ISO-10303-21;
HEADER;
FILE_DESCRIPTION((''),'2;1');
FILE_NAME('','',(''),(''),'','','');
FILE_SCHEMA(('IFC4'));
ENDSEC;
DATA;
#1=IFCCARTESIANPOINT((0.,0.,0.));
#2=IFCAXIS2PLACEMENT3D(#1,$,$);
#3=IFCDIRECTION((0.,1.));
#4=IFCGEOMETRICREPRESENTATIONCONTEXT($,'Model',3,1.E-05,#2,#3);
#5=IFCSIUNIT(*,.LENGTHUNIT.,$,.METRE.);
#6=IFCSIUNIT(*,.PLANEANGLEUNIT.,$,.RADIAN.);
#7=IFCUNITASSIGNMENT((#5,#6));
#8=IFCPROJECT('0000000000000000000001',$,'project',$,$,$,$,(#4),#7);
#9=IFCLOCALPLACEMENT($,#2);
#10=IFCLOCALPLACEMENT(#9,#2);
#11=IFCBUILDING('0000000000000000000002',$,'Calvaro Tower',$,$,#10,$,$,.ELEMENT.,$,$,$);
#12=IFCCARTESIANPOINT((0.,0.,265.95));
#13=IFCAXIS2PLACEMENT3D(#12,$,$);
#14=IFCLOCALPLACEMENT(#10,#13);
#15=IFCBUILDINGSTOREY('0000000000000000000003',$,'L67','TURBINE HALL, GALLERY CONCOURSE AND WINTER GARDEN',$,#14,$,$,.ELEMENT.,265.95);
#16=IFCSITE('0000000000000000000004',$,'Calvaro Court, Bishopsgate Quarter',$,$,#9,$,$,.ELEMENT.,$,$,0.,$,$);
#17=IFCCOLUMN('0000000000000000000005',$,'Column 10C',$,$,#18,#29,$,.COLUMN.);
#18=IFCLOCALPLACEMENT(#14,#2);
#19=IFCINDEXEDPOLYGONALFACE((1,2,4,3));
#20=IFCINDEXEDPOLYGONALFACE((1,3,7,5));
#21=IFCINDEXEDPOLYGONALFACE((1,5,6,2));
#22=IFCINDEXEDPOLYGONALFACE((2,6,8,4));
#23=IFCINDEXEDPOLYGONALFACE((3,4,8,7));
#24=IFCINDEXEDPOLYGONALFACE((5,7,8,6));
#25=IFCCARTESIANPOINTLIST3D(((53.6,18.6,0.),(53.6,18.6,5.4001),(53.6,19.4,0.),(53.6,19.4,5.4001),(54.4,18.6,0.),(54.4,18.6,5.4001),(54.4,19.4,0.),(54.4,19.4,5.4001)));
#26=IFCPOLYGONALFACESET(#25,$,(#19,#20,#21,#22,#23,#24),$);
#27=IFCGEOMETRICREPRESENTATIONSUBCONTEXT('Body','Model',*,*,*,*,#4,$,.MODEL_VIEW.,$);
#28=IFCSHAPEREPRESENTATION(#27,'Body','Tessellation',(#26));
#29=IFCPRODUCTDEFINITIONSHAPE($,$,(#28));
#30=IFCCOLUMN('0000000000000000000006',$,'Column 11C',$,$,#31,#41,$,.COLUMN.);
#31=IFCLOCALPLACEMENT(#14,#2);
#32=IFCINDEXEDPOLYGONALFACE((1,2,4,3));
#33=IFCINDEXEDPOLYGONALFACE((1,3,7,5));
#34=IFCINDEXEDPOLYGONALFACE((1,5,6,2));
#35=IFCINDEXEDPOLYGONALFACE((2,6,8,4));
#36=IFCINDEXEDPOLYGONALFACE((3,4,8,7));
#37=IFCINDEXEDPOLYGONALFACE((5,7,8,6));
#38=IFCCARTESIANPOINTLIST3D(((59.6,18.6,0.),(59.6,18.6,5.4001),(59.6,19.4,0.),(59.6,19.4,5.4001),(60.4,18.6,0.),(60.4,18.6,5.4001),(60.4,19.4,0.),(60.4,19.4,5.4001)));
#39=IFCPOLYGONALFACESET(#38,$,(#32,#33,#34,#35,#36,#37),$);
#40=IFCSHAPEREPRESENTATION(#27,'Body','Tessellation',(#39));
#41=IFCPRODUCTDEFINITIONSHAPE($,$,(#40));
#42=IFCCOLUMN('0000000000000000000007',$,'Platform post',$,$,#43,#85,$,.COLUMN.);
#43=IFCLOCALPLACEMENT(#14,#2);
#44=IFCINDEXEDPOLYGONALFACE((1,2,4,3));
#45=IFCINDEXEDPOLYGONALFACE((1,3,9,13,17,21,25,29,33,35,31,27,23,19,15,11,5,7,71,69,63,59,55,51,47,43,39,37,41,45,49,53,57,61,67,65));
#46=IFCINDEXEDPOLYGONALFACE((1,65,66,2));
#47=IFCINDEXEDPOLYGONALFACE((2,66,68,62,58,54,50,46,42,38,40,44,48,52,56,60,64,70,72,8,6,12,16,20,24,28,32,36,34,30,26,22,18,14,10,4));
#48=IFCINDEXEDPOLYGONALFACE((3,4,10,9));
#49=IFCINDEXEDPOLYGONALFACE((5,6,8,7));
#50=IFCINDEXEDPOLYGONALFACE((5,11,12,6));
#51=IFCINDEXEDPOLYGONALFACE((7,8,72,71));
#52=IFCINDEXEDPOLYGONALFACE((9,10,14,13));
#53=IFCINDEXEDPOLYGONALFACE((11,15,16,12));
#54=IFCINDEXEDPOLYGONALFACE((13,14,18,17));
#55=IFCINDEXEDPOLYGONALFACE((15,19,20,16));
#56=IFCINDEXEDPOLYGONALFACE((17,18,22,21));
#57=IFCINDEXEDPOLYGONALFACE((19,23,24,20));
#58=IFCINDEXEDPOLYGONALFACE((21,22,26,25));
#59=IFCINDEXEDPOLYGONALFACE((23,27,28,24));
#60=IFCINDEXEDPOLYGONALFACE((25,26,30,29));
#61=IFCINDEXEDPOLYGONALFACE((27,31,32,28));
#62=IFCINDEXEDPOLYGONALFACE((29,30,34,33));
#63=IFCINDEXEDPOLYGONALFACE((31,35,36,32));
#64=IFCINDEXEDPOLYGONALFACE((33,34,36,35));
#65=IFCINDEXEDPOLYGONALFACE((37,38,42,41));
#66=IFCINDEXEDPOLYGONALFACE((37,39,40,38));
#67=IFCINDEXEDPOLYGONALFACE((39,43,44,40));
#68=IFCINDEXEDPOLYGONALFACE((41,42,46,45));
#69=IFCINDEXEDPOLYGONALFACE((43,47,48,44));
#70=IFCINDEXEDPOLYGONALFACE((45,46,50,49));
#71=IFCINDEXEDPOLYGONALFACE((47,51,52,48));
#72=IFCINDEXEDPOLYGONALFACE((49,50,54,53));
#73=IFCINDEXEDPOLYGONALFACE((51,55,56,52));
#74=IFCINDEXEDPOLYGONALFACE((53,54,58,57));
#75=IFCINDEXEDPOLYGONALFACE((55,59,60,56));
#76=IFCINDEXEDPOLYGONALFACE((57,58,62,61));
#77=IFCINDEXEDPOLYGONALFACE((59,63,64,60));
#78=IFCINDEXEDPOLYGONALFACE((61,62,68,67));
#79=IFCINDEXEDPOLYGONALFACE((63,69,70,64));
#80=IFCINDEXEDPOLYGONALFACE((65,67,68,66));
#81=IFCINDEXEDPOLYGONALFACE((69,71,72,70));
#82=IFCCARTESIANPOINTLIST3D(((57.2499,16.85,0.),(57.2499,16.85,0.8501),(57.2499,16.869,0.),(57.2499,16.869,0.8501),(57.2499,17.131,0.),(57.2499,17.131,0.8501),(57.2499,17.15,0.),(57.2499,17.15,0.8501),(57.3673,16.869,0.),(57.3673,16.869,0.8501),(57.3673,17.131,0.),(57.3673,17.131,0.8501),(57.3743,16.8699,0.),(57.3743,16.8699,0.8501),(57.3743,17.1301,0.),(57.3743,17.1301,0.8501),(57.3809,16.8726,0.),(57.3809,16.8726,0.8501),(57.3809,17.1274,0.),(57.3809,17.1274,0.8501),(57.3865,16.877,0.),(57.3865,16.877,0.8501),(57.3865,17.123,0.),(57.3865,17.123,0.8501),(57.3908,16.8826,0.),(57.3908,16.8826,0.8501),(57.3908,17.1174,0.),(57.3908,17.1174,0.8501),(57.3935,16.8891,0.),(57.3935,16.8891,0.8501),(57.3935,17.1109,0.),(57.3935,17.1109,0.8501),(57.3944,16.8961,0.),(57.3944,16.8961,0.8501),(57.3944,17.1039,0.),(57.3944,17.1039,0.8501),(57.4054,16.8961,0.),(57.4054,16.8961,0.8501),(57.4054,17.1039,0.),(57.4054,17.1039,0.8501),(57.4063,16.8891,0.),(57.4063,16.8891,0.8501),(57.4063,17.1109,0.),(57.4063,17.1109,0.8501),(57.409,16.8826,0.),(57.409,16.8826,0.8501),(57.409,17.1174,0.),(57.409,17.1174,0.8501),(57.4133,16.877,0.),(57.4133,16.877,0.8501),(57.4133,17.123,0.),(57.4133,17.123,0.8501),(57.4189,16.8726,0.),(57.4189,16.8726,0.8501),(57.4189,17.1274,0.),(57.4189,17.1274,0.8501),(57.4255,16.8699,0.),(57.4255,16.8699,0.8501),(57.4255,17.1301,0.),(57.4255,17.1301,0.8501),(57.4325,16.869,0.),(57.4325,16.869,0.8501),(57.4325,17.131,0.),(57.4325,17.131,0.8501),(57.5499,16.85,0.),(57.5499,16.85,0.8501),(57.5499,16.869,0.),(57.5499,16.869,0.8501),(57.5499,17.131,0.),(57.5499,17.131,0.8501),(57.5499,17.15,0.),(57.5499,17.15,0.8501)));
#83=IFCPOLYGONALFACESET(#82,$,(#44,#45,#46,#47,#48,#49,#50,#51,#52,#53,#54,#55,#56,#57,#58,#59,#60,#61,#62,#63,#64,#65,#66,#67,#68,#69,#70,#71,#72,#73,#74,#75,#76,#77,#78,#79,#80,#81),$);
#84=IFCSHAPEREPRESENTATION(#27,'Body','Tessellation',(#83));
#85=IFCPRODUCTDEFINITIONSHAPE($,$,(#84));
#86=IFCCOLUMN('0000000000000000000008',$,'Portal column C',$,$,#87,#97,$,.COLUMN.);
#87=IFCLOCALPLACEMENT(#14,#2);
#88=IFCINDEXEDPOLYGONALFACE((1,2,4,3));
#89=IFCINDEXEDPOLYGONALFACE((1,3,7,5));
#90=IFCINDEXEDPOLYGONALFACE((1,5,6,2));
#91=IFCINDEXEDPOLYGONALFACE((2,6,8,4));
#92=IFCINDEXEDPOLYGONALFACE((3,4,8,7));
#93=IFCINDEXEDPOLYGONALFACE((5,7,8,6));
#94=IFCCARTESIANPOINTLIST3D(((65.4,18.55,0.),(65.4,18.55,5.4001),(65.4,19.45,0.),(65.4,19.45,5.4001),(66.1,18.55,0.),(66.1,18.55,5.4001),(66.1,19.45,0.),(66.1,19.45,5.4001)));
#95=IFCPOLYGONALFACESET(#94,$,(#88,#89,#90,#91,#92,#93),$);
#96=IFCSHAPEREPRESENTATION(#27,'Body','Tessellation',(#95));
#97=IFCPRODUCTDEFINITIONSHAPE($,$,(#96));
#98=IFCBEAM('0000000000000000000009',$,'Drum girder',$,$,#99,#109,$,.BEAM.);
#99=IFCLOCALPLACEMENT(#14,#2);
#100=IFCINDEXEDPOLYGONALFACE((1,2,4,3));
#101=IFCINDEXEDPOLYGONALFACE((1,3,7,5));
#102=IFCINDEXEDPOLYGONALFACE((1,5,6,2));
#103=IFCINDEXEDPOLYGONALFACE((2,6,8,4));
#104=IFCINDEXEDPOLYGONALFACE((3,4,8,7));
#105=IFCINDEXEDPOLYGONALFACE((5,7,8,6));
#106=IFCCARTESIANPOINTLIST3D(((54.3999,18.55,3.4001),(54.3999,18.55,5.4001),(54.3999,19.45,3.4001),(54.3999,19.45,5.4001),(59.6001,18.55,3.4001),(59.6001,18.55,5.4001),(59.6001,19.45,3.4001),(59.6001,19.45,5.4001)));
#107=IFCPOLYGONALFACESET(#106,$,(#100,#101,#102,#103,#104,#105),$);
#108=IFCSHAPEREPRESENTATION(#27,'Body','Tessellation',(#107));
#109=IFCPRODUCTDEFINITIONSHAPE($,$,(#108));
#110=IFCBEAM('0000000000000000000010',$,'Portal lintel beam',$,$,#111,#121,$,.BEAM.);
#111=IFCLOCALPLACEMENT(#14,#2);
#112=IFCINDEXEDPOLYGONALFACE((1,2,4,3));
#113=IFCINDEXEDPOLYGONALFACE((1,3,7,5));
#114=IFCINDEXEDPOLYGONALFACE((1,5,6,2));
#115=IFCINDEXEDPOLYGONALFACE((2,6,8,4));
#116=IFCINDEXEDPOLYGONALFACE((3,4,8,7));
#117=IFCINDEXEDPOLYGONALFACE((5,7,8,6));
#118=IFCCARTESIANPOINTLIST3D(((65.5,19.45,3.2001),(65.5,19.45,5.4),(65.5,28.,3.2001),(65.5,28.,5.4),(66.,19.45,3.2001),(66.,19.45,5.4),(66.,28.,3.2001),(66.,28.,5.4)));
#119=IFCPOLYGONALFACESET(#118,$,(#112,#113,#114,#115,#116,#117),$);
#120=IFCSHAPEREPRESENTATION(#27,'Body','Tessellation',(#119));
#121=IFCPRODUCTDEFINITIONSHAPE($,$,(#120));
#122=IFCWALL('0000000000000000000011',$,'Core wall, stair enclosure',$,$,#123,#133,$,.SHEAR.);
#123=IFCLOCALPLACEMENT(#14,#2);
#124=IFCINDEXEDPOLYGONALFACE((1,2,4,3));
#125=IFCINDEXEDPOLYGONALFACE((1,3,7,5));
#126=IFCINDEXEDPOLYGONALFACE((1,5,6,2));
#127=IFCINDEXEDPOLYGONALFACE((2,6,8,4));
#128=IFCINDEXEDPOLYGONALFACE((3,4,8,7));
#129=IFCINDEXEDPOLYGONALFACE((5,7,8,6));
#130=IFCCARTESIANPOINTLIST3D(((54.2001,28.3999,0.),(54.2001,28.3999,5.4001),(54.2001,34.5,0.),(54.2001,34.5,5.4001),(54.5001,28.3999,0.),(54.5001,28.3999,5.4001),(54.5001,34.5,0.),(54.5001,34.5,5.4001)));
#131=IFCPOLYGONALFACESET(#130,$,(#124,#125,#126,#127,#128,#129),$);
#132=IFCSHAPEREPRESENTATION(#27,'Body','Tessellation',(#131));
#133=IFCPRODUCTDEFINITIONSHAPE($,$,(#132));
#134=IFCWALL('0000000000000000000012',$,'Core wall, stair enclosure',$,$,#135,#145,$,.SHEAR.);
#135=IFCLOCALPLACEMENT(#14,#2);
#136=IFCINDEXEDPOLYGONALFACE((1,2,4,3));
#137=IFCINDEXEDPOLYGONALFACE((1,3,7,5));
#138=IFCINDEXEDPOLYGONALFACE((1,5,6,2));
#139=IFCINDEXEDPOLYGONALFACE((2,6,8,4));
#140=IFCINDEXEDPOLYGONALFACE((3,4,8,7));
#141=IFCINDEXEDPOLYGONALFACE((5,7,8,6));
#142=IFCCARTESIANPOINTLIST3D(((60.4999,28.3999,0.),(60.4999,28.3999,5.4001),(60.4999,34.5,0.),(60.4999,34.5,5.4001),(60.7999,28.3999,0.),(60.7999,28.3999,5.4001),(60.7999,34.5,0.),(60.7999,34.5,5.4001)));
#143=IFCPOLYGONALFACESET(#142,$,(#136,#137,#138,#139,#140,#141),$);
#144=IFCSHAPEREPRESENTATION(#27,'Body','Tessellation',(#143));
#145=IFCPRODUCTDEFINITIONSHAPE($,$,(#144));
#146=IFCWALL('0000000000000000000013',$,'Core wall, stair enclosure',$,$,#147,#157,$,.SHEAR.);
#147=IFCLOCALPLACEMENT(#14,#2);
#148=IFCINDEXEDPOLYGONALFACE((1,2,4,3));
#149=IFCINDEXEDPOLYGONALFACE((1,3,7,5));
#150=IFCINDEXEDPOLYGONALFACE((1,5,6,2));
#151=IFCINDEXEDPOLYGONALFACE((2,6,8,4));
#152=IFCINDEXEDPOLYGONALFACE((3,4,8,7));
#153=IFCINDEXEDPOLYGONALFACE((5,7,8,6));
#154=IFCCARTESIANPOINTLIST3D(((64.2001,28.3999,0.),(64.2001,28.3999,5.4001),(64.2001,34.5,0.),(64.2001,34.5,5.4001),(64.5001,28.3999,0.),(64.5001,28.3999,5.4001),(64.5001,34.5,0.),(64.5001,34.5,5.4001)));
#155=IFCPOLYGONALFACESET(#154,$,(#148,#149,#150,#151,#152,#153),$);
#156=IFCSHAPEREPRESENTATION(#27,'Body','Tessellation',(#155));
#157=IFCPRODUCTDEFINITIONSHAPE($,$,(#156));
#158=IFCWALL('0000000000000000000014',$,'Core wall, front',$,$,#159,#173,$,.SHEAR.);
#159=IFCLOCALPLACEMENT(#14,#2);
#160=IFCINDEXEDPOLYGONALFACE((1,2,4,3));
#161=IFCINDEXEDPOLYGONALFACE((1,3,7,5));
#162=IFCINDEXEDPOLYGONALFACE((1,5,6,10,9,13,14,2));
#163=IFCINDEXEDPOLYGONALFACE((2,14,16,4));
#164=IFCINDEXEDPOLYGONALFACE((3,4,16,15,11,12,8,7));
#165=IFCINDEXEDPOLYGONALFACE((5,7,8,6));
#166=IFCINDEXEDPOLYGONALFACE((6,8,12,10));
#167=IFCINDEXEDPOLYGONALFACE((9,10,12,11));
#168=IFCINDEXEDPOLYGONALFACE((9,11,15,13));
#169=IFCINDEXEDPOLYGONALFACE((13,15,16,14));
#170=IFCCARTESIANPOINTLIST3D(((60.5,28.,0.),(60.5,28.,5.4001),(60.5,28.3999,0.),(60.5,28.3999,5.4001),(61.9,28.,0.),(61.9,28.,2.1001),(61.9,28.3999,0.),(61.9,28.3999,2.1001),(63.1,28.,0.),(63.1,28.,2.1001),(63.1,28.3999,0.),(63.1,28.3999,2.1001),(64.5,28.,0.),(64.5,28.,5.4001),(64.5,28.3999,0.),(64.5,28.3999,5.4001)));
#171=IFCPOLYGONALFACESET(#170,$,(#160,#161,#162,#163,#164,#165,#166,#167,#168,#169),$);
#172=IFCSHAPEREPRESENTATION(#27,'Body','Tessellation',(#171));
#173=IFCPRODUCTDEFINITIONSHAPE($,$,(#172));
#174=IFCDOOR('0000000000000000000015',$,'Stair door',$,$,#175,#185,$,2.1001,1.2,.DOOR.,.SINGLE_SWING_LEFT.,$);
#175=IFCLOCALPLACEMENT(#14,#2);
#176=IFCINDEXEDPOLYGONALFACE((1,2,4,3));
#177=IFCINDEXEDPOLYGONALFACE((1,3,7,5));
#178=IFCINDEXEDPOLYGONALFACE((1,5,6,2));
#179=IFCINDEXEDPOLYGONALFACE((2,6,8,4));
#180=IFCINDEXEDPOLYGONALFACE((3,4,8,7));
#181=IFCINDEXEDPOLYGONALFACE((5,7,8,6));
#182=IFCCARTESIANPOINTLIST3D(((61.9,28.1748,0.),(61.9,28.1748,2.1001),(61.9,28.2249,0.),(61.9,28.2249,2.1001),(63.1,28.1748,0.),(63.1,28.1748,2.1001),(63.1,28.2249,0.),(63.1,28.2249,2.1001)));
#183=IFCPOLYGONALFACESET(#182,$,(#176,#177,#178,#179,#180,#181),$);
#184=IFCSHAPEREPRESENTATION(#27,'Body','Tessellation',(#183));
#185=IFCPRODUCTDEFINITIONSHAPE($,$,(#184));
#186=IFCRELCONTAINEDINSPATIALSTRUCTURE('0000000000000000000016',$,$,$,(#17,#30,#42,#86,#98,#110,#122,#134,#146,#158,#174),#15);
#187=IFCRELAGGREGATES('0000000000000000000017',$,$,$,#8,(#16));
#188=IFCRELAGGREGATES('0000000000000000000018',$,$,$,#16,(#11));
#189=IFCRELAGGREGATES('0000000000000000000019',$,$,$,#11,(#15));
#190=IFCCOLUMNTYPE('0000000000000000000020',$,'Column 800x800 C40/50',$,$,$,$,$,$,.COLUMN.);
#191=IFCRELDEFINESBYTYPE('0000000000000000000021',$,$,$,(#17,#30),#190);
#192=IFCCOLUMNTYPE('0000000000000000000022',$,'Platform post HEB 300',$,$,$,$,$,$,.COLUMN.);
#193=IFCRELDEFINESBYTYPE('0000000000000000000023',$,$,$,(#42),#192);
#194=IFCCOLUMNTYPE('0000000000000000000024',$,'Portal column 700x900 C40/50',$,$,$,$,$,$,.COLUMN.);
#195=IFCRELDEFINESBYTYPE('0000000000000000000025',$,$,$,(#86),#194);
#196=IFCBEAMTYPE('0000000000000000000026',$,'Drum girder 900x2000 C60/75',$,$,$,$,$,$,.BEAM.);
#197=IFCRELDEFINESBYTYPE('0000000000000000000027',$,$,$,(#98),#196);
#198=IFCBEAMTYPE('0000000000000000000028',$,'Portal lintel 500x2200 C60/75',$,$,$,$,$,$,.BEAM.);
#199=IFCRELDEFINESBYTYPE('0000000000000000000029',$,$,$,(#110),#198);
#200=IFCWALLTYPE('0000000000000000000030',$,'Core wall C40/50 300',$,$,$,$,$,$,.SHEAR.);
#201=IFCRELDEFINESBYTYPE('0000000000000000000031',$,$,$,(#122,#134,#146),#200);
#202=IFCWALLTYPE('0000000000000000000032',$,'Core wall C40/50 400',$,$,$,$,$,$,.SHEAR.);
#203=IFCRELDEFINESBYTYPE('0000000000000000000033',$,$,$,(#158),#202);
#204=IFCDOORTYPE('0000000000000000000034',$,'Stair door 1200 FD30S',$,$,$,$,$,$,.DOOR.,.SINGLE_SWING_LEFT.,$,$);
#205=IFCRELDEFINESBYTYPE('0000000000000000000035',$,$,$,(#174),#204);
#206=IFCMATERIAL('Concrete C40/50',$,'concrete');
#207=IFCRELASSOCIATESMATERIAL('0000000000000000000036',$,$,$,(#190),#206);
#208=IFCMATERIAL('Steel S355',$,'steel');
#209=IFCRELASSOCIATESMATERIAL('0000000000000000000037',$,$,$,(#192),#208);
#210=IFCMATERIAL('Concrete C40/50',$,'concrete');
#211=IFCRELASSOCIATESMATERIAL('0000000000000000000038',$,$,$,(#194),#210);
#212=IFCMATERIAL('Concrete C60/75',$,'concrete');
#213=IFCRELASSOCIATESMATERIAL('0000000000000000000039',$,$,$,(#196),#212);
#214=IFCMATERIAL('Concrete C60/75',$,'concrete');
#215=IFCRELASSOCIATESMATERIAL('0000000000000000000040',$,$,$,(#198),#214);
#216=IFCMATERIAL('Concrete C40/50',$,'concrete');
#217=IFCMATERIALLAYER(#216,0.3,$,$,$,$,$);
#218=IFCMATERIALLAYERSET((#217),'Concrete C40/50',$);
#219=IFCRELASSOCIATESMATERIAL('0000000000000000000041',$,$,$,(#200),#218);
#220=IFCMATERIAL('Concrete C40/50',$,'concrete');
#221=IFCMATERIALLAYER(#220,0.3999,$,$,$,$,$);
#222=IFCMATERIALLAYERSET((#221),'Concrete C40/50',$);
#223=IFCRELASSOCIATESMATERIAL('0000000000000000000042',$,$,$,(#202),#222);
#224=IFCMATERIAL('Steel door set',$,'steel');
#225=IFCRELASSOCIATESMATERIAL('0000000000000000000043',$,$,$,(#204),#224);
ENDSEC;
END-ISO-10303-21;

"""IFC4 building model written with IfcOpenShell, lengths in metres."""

from ifc_helpers import new_model, si_unit, direction, frame, frame_2d, origin, origin_2d, place, context, subcontext, project, spatial, rectangle, i_section, extrude, material, layer, layer_set, material_profile, profile_set, type_object, element, fill, save


model = new_model("IFC4")

# Units and contexts
model_context = context("Model", 3, precision=1e-05, world=origin(), true_north=direction((0.0, 1.0)))
body_context = subcontext(model_context, "Body", "Model", "MODEL_VIEW")
ifc_project = project(units=[si_unit("LENGTHUNIT", "METRE"), si_unit("PLANEANGLEUNIT", "RADIAN")], contexts=[model_context])

# Site, building, storey
site_placement = place(None, origin())
site = spatial("IfcSite", under=ifc_project, at=site_placement, Name="Calvaro Court, Bishopsgate Quarter", CompositionType="ELEMENT", RefElevation=0.0)
building_placement = place(site_placement, origin())
building = spatial("IfcBuilding", under=site, at=building_placement, Name="Calvaro Tower", CompositionType="ELEMENT")
storey_placement = place(building_placement, frame((0.0, 0.0, 265.95)))
storey = spatial("IfcBuildingStorey", under=building, at=storey_placement, Name="L67", Description="TURBINE HALL, GALLERY CONCOURSE AND WINTER GARDEN", CompositionType="ELEMENT", Elevation=265.95)

# Columns
ifc_material_1 = material(Name="Concrete C40/50", Category="concrete")
ifc_material_profile_1 = material_profile(ifc_material_1, rectangle(XDim=0.8, YDim=0.8, at=origin_2d()), Name="RC 800x800")
ifc_profile_set_1 = profile_set([ifc_material_profile_1], Name="Concrete C40/50")
column_type_1 = type_object("IfcColumnType", Name="Column 800x800 C40/50", PredefinedType="COLUMN", material=ifc_profile_set_1)
for number, where, z_axis, x_axis, name in (
    (1, (54.0, 19.0, 0.0), (0.0, 0.0, 1.0), (1.0, 0.0, 0.0), "Column 10C"),
    (2, (60.0, 19.0, 0.0), (0.0, 0.0, 1.0), (1.0, 0.0, 0.0), "Column 11C"),
):
    element("IfcColumn", number, at=place(storey_placement, frame(where, z_axis=z_axis, x_axis=x_axis)), inside=storey, type_object=column_type_1, Name=name, PredefinedType="COLUMN", context=body_context, shape_type="SweptSolid", body=[
        extrude(rectangle(XDim=0.8, YDim=0.8, at=origin_2d()), origin(), (0.0, 0.0, 1.0), 5.4001),
    ])
ifc_material_2 = material(Name="Steel S355", Category="steel")
ifc_material_profile_2 = material_profile(ifc_material_2, i_section(OverallWidth=0.3, OverallDepth=0.3, WebThickness=0.011, FlangeThickness=0.019, FilletRadius=0.0271, at=origin_2d()), Name="HEB 300")
ifc_profile_set_2 = profile_set([ifc_material_profile_2], Name="Steel S355")
column_type_2 = type_object("IfcColumnType", Name="Platform post HEB 300", PredefinedType="COLUMN", material=ifc_profile_set_2)
column_1_placement = place(storey_placement, frame((57.3999, 17.0, 0.0), z_axis=(0.0, 0.0, 1.0), x_axis=(1.0, 0.0, 0.0)))
element("IfcColumn", 3, at=column_1_placement, inside=storey, type_object=column_type_2, Name="Platform post", PredefinedType="COLUMN", context=body_context, shape_type="SweptSolid", body=[
    extrude(i_section(OverallWidth=0.3, OverallDepth=0.3, WebThickness=0.011, FlangeThickness=0.019, FilletRadius=0.0271, at=origin_2d()), origin(), (0.0, 0.0, 1.0), 0.8501),
])
ifc_material_3 = material(Name="Concrete C40/50", Category="concrete")
ifc_material_profile_3 = material_profile(ifc_material_3, rectangle(XDim=0.7, YDim=0.8999, at=origin_2d()), Name="RC 700x900")
ifc_profile_set_3 = profile_set([ifc_material_profile_3], Name="Concrete C40/50")
column_type_3 = type_object("IfcColumnType", Name="Portal column 700x900 C40/50", PredefinedType="COLUMN", material=ifc_profile_set_3)
column_2_placement = place(storey_placement, frame((65.75, 19.0, 0.0), z_axis=(0.0, 0.0, 1.0), x_axis=(1.0, 0.0, 0.0)))
element("IfcColumn", 4, at=column_2_placement, inside=storey, type_object=column_type_3, Name="Portal column C", PredefinedType="COLUMN", context=body_context, shape_type="SweptSolid", body=[
    extrude(rectangle(XDim=0.7, YDim=0.8999, at=origin_2d()), origin(), (0.0, 0.0, 1.0), 5.4001),
])

# Beams
ifc_material_4 = material(Name="Concrete C60/75", Category="concrete")
ifc_material_profile_4 = material_profile(ifc_material_4, rectangle(XDim=0.8999, YDim=2.0, at=origin_2d()), Name="RC 900x2000")
ifc_profile_set_4 = profile_set([ifc_material_profile_4], Name="Concrete C60/75")
beam_type_1 = type_object("IfcBeamType", Name="Drum girder 900x2000 C60/75", PredefinedType="BEAM", material=ifc_profile_set_4)
beam_1_placement = place(storey_placement, frame((54.3999, 19.0, 4.4001), z_axis=(1.0, 0.0, 0.0), x_axis=(0.0, 1.0, 0.0)))
element("IfcBeam", 5, at=beam_1_placement, inside=storey, type_object=beam_type_1, Name="Drum girder", PredefinedType="BEAM", context=body_context, shape_type="SweptSolid", body=[
    extrude(rectangle(XDim=0.8999, YDim=2.0, at=origin_2d()), origin(), (0.0, 0.0, 1.0), 5.2002),
])
ifc_material_5 = material(Name="Concrete C60/75", Category="concrete")
ifc_material_profile_5 = material_profile(ifc_material_5, rectangle(XDim=0.5, YDim=2.2, at=origin_2d()), Name="RC 500x2200")
ifc_profile_set_5 = profile_set([ifc_material_profile_5], Name="Concrete C60/75")
beam_type_2 = type_object("IfcBeamType", Name="Portal lintel 500x2200 C60/75", PredefinedType="BEAM", material=ifc_profile_set_5)
beam_2_placement = place(storey_placement, frame((65.75, 19.45, 4.3), z_axis=(0.0, 1.0, 0.0), x_axis=(-1.0, 0.0, 0.0)))
element("IfcBeam", 6, at=beam_2_placement, inside=storey, type_object=beam_type_2, Name="Portal lintel beam", PredefinedType="BEAM", context=body_context, shape_type="SweptSolid", body=[
    extrude(rectangle(XDim=0.5, YDim=2.2, at=origin_2d()), origin(), (0.0, 0.0, 1.0), 8.55),
])

# Walls
ifc_material_6 = material(Name="Concrete C40/50", Category="concrete")
ifc_layer_1 = layer(ifc_material_6, 0.3)
ifc_layer_set_1 = layer_set([ifc_layer_1], Name="Concrete C40/50")
wall_type_1 = type_object("IfcWallType", Name="Core wall C40/50 300", PredefinedType="SHEAR", material=ifc_layer_set_1)
for number, where, z_axis, x_axis, name in (
    (7, (54.3501, 28.3999, 0.0), (0.0, 0.0, 1.0), (0.0, 1.0, 0.0), "Core wall, stair enclosure"),
    (8, (60.6499, 28.3999, 0.0), (0.0, 0.0, 1.0), (0.0, 1.0, 0.0), "Core wall, stair enclosure"),
    (9, (64.3501, 28.3999, 0.0), (0.0, 0.0, 1.0), (0.0, 1.0, 0.0), "Core wall, stair enclosure"),
):
    element("IfcWall", number, at=place(storey_placement, frame(where, z_axis=z_axis, x_axis=x_axis)), inside=storey, type_object=wall_type_1, Name=name, PredefinedType="SHEAR", context=body_context, shape_type="SweptSolid", body=[
        extrude(rectangle(XDim=6.1001, YDim=0.3, at=frame_2d((3.05, 0.0))), origin(), (0.0, 0.0, 1.0), 5.4001),
    ])

# Wall, opening, door
ifc_material_7 = material(Name="Concrete C40/50", Category="concrete")
ifc_layer_2 = layer(ifc_material_7, 0.3999)
ifc_layer_set_2 = layer_set([ifc_layer_2], Name="Concrete C40/50")
wall_type_2 = type_object("IfcWallType", Name="Core wall C40/50 400", PredefinedType="SHEAR", material=ifc_layer_set_2)
wall_1_placement = place(storey_placement, frame((60.5, 28.2, 0.0), z_axis=(0.0, 0.0, 1.0), x_axis=(1.0, 0.0, 0.0)))
wall_1 = element("IfcWall", 10, at=wall_1_placement, inside=storey, type_object=wall_type_2, Name="Core wall, front", PredefinedType="SHEAR", context=body_context, shape_type="SweptSolid", body=[
    extrude(rectangle(XDim=4.0, YDim=0.3999, at=frame_2d((2.0, 0.0))), origin(), (0.0, 0.0, 1.0), 5.4001),
])
opening_1_placement = place(wall_1_placement, frame((1.3999, 0.0, 0.0)))
opening_1 = element("IfcOpeningElement", 11, at=opening_1_placement, cuts=wall_1, PredefinedType="OPENING", context=body_context, shape_type="SweptSolid", body=[
    extrude(rectangle(XDim=1.2, YDim=2.1001, at=frame_2d((0.6001, 1.05))), frame((0.0, 0.21, 0.0), z_axis=(0.0, -1.0, 0.0), x_axis=(1.0, 0.0, 0.0)), (0.0, 0.0, 1.0), 0.4199),
])
ifc_material_8 = material(Name="Steel door set", Category="steel")
door_type_1 = type_object("IfcDoorType", Name="Stair door 1200 FD30S", OperationType="SINGLE_SWING_LEFT", PredefinedType="DOOR", material=ifc_material_8)
door_1_placement = place(opening_1_placement, origin())
door_1 = element("IfcDoor", 12, at=door_1_placement, inside=storey, type_object=door_type_1, Name="Stair door", OperationType="SINGLE_SWING_LEFT", OverallHeight=2.1001, OverallWidth=1.2, PredefinedType="DOOR", context=body_context, shape_type="SweptSolid", body=[
    extrude(rectangle(XDim=1.2, YDim=2.1001, at=frame_2d((0.6001, 1.05))), frame((0.0, 0.0249, 0.0), z_axis=(0.0, -1.0, 0.0), x_axis=(1.0, 0.0, 0.0)), (0.0, 0.0, 1.0), 0.05),
])
fill(opening_1, door_1)

save(model, "model.ifc")
